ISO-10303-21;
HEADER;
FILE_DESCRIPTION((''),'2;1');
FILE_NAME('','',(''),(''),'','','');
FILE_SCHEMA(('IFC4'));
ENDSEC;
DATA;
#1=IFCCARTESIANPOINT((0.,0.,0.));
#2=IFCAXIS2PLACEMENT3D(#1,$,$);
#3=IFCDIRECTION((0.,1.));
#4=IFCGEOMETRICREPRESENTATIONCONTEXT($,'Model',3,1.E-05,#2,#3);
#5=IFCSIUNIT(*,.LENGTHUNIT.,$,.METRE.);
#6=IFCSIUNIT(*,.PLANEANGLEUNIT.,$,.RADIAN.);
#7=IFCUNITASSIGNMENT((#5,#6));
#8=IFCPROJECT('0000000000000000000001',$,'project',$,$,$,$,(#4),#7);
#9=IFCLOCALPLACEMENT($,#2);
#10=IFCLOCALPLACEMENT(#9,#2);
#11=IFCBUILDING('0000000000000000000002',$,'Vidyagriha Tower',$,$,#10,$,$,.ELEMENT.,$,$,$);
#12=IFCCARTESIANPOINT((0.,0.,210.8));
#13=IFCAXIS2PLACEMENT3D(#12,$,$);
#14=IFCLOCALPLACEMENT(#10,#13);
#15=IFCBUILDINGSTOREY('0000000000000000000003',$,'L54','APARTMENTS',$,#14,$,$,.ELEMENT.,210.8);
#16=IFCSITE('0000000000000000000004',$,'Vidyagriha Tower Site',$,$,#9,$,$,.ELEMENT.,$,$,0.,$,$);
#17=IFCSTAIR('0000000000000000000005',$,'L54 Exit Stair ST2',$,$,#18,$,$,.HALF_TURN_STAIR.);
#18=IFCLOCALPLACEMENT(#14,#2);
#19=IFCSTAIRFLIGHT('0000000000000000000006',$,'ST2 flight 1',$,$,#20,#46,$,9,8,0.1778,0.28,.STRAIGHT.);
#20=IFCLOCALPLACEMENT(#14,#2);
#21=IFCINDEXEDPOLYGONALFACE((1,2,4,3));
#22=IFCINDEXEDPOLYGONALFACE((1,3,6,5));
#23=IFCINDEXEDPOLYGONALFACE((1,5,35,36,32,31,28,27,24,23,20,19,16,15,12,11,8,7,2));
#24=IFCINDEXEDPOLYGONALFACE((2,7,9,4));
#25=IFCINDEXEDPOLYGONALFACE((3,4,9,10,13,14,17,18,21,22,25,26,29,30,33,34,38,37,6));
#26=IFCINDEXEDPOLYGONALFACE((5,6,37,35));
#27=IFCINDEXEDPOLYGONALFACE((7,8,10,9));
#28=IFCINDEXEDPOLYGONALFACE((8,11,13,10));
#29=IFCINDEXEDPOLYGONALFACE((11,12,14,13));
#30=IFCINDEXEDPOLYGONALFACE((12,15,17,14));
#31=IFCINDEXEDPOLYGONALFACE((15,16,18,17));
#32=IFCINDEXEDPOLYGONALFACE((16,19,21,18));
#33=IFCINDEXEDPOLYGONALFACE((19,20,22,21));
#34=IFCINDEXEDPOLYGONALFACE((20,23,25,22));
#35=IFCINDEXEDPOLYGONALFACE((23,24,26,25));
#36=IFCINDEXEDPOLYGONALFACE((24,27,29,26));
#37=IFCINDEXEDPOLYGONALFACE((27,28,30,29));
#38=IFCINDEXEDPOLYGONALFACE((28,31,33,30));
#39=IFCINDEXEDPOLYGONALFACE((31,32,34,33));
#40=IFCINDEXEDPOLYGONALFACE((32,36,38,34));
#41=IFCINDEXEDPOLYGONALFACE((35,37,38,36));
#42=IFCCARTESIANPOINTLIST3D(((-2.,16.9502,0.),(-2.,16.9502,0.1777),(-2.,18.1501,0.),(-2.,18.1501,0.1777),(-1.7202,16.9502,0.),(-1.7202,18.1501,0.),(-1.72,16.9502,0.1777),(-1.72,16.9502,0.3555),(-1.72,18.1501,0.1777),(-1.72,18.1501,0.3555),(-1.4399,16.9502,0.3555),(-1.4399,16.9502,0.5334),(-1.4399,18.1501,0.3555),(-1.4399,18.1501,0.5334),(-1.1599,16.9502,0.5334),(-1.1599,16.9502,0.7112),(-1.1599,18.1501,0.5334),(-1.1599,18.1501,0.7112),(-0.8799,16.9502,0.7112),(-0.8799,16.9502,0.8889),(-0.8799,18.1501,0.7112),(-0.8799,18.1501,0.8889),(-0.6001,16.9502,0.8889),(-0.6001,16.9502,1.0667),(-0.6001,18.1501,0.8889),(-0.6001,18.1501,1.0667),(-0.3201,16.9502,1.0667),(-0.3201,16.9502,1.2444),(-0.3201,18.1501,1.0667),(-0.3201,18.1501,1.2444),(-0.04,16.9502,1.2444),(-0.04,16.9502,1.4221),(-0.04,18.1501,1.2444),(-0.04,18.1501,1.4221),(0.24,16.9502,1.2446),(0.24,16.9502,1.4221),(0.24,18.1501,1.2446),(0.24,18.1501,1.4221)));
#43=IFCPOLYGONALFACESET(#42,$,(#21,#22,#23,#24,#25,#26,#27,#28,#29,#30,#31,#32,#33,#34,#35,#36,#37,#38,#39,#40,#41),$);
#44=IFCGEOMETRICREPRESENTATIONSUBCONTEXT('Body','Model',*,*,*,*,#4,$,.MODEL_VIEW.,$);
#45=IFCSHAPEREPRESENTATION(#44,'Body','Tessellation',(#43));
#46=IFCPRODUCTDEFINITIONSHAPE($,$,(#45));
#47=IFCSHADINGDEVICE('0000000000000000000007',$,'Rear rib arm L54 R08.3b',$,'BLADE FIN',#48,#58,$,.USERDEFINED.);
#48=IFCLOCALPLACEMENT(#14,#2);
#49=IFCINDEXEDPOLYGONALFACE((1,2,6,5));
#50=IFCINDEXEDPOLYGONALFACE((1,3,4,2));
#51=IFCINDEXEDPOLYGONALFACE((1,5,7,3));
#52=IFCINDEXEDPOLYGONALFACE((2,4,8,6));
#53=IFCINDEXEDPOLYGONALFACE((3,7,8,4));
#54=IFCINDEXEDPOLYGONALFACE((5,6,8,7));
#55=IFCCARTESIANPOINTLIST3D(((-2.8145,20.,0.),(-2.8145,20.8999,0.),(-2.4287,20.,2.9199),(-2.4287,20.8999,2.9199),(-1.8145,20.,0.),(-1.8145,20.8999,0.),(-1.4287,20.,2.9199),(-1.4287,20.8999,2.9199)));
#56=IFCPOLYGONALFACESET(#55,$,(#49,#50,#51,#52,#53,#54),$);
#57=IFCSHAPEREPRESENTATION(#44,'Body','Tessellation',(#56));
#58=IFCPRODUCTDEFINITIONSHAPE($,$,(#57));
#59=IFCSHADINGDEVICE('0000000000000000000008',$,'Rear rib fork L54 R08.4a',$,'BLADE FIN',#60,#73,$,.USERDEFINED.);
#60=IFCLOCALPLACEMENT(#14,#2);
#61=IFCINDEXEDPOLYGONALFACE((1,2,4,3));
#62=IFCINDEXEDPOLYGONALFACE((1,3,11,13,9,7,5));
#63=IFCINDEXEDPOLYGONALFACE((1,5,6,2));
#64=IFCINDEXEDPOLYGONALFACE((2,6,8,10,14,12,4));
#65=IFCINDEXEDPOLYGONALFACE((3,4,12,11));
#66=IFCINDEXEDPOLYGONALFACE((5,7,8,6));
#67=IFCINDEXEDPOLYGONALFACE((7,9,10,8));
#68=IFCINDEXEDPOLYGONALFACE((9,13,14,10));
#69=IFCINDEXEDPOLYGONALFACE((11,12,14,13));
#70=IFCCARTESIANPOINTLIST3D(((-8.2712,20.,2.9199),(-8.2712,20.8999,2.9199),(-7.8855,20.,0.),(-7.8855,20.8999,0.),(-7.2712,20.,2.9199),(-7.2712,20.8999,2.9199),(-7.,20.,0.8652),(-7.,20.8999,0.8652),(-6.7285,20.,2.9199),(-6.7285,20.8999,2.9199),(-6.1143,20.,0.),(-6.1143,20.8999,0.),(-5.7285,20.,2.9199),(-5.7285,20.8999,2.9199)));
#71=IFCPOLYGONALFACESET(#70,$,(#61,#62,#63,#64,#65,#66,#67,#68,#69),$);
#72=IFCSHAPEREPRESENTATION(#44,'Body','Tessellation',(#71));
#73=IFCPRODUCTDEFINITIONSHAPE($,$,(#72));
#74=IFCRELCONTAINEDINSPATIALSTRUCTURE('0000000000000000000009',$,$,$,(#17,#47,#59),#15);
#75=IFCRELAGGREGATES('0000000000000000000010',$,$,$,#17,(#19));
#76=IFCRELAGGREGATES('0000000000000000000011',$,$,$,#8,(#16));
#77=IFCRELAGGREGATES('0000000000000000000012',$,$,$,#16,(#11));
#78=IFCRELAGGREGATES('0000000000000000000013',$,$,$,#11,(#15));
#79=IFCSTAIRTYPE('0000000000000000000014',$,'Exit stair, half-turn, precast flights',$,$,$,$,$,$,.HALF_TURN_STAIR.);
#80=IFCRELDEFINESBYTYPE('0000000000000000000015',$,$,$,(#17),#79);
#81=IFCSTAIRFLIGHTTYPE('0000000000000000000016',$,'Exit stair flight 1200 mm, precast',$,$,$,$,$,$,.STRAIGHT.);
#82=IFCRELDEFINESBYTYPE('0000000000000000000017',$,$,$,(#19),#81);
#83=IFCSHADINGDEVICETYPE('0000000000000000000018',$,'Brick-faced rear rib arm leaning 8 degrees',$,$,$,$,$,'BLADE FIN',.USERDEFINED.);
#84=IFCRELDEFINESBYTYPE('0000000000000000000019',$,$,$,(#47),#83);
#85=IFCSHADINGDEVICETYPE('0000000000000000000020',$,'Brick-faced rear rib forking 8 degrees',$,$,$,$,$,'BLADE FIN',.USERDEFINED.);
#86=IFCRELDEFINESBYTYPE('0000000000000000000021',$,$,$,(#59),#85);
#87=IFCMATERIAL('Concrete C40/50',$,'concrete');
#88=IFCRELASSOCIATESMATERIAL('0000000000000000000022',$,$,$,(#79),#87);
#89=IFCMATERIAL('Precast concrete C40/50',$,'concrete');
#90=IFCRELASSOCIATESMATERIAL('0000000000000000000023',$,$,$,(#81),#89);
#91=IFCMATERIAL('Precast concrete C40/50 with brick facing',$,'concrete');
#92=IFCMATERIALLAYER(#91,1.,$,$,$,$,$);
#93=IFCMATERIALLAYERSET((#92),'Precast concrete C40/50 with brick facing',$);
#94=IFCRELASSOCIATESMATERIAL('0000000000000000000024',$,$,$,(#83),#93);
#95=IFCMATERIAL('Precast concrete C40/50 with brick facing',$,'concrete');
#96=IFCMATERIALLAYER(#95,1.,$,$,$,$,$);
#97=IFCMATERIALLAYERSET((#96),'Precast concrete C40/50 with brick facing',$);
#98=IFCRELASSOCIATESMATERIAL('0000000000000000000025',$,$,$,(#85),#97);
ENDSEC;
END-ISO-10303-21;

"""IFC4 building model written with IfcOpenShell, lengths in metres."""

from ifc_helpers import new_model, si_unit, direction, frame, origin, place, context, subcontext, project, spatial, polyline, outline, extrude, material, layer, layer_set, type_object, element, aggregate, save


model = new_model("IFC4")

# Units and contexts
model_context = context("Model", 3, precision=1e-05, world=origin(), true_north=direction((0.0, 1.0)))
body_context = subcontext(model_context, "Body", "Model", "MODEL_VIEW")
ifc_project = project(units=[si_unit("LENGTHUNIT", "METRE"), si_unit("PLANEANGLEUNIT", "RADIAN")], contexts=[model_context])

# Site, building, storey
site_placement = place(None, origin())
site = spatial("IfcSite", under=ifc_project, at=site_placement, Name="Vidyagriha Tower Site", CompositionType="ELEMENT", RefElevation=0.0)
building_placement = place(site_placement, origin())
building = spatial("IfcBuilding", under=site, at=building_placement, Name="Vidyagriha Tower", CompositionType="ELEMENT")
storey_placement = place(building_placement, frame((0.0, 0.0, 210.8)))
storey = spatial("IfcBuildingStorey", under=building, at=storey_placement, Name="L54", Description="APARTMENTS", CompositionType="ELEMENT", Elevation=210.8)

# Shared definitions
ifc_material_1 = material(Name="Concrete C40/50", Category="concrete")
stair_type = type_object("IfcStairType", Name="Exit stair, half-turn, precast flights", PredefinedType="HALF_TURN_STAIR", material=ifc_material_1)
ifc_material_2 = material(Name="Precast concrete C40/50", Category="concrete")
stair_flight_type = type_object("IfcStairFlightType", Name="Exit stair flight 1200 mm, precast", PredefinedType="STRAIGHT", material=ifc_material_2)

# Stair, stair flight
stair_1_placement = place(storey_placement, origin())
stair_1 = element("IfcStair", 1, at=stair_1_placement, inside=storey, type_object=stair_type, Name="L54 Exit Stair ST2", PredefinedType="HALF_TURN_STAIR")
stair_flight_1_placement = place(storey_placement, frame((-2.0, 17.55, 0.0)))
stair_flight_1 = element("IfcStairFlight", 2, at=stair_flight_1_placement, type_object=stair_flight_type, Name="ST2 flight 1", NumberOfRisers=9, NumberOfTreads=8, PredefinedType="STRAIGHT", RiserHeight=0.1778, TreadLength=0.28, context=body_context, shape_type="SweptSolid", body=[
    extrude(outline(polyline([(0.0, 0.0), (0.0, 0.1777), (0.28, 0.1777), (0.28, 0.3555), (0.5601, 0.3555), (0.5601, 0.5334), (0.8401, 0.5334), (0.8401, 0.7112), (1.1201, 0.7112), (1.1201, 0.8889), (1.3999, 0.8889), (1.3999, 1.0667), (1.6799, 1.0667), (1.6799, 1.2444), (1.96, 1.2444), (1.96, 1.4221), (2.24, 1.4221), (2.24, 1.6001), (2.24, 1.2446), (0.2798, 0.0), (0.0, 0.0)])), frame((0.0, 0.6001, 0.0), z_axis=(0.0, -1.0, 0.0), x_axis=(1.0, 0.0, 0.0)), (0.0, 0.0, 1.0), 1.2),
])
aggregate(stair_1, [stair_flight_1])

# Shading devices
ifc_material_3 = material(Name="Precast concrete C40/50 with brick facing", Category="concrete")
ifc_layer_1 = layer(ifc_material_3, 1.0)
ifc_layer_set_1 = layer_set([ifc_layer_1], Name="Precast concrete C40/50 with brick facing")
shading_device_type_1 = type_object("IfcShadingDeviceType", Name="Brick-faced rear rib arm leaning 8 degrees", ElementType="BLADE FIN", PredefinedType="USERDEFINED", material=ifc_layer_set_1)
shading_device_1_placement = place(storey_placement, frame((-1.4287, 20.45, 0.0), z_axis=(0.0, 0.0, 1.0), x_axis=(-1.0, 0.0, 0.0)))
element("IfcShadingDevice", 3, at=shading_device_1_placement, inside=storey, type_object=shading_device_type_1, Name="Rear rib arm L54 R08.3b", ObjectType="BLADE FIN", PredefinedType="USERDEFINED", context=body_context, shape_type="SweptSolid", body=[
    extrude(outline(polyline([(0.3857, 0.0), (1.3857, 0.0), (1.0, 2.9199), (0.0, 2.9199), (0.3857, 0.0)])), frame((0.0, 0.45, 0.0), z_axis=(0.0, -1.0, 0.0), x_axis=(1.0, 0.0, 0.0)), (0.0, 0.0, 1.0), 0.8999),
])
ifc_material_4 = material(Name="Precast concrete C40/50 with brick facing", Category="concrete")
ifc_layer_2 = layer(ifc_material_4, 1.0)
ifc_layer_set_2 = layer_set([ifc_layer_2], Name="Precast concrete C40/50 with brick facing")
shading_device_type_2 = type_object("IfcShadingDeviceType", Name="Brick-faced rear rib forking 8 degrees", ElementType="BLADE FIN", PredefinedType="USERDEFINED", material=ifc_layer_set_2)
shading_device_2_placement = place(storey_placement, frame((-5.7285, 20.45, 0.0), z_axis=(0.0, 0.0, 1.0), x_axis=(-1.0, 0.0, 0.0)))
element("IfcShadingDevice", 4, at=shading_device_2_placement, inside=storey, type_object=shading_device_type_2, Name="Rear rib fork L54 R08.4a", ObjectType="BLADE FIN", PredefinedType="USERDEFINED", context=body_context, shape_type="SweptSolid", body=[
    extrude(outline(polyline([(0.3857, 0.0), (2.157, 0.0), (2.5427, 2.9199), (1.5427, 2.9199), (1.2715, 0.8652), (1.0, 2.9199), (0.0, 2.9199), (0.3857, 0.0)])), frame((0.0, 0.45, 0.0), z_axis=(0.0, -1.0, 0.0), x_axis=(1.0, 0.0, 0.0)), (0.0, 0.0, 1.0), 0.8999),
])

save(model, "model.ifc")
